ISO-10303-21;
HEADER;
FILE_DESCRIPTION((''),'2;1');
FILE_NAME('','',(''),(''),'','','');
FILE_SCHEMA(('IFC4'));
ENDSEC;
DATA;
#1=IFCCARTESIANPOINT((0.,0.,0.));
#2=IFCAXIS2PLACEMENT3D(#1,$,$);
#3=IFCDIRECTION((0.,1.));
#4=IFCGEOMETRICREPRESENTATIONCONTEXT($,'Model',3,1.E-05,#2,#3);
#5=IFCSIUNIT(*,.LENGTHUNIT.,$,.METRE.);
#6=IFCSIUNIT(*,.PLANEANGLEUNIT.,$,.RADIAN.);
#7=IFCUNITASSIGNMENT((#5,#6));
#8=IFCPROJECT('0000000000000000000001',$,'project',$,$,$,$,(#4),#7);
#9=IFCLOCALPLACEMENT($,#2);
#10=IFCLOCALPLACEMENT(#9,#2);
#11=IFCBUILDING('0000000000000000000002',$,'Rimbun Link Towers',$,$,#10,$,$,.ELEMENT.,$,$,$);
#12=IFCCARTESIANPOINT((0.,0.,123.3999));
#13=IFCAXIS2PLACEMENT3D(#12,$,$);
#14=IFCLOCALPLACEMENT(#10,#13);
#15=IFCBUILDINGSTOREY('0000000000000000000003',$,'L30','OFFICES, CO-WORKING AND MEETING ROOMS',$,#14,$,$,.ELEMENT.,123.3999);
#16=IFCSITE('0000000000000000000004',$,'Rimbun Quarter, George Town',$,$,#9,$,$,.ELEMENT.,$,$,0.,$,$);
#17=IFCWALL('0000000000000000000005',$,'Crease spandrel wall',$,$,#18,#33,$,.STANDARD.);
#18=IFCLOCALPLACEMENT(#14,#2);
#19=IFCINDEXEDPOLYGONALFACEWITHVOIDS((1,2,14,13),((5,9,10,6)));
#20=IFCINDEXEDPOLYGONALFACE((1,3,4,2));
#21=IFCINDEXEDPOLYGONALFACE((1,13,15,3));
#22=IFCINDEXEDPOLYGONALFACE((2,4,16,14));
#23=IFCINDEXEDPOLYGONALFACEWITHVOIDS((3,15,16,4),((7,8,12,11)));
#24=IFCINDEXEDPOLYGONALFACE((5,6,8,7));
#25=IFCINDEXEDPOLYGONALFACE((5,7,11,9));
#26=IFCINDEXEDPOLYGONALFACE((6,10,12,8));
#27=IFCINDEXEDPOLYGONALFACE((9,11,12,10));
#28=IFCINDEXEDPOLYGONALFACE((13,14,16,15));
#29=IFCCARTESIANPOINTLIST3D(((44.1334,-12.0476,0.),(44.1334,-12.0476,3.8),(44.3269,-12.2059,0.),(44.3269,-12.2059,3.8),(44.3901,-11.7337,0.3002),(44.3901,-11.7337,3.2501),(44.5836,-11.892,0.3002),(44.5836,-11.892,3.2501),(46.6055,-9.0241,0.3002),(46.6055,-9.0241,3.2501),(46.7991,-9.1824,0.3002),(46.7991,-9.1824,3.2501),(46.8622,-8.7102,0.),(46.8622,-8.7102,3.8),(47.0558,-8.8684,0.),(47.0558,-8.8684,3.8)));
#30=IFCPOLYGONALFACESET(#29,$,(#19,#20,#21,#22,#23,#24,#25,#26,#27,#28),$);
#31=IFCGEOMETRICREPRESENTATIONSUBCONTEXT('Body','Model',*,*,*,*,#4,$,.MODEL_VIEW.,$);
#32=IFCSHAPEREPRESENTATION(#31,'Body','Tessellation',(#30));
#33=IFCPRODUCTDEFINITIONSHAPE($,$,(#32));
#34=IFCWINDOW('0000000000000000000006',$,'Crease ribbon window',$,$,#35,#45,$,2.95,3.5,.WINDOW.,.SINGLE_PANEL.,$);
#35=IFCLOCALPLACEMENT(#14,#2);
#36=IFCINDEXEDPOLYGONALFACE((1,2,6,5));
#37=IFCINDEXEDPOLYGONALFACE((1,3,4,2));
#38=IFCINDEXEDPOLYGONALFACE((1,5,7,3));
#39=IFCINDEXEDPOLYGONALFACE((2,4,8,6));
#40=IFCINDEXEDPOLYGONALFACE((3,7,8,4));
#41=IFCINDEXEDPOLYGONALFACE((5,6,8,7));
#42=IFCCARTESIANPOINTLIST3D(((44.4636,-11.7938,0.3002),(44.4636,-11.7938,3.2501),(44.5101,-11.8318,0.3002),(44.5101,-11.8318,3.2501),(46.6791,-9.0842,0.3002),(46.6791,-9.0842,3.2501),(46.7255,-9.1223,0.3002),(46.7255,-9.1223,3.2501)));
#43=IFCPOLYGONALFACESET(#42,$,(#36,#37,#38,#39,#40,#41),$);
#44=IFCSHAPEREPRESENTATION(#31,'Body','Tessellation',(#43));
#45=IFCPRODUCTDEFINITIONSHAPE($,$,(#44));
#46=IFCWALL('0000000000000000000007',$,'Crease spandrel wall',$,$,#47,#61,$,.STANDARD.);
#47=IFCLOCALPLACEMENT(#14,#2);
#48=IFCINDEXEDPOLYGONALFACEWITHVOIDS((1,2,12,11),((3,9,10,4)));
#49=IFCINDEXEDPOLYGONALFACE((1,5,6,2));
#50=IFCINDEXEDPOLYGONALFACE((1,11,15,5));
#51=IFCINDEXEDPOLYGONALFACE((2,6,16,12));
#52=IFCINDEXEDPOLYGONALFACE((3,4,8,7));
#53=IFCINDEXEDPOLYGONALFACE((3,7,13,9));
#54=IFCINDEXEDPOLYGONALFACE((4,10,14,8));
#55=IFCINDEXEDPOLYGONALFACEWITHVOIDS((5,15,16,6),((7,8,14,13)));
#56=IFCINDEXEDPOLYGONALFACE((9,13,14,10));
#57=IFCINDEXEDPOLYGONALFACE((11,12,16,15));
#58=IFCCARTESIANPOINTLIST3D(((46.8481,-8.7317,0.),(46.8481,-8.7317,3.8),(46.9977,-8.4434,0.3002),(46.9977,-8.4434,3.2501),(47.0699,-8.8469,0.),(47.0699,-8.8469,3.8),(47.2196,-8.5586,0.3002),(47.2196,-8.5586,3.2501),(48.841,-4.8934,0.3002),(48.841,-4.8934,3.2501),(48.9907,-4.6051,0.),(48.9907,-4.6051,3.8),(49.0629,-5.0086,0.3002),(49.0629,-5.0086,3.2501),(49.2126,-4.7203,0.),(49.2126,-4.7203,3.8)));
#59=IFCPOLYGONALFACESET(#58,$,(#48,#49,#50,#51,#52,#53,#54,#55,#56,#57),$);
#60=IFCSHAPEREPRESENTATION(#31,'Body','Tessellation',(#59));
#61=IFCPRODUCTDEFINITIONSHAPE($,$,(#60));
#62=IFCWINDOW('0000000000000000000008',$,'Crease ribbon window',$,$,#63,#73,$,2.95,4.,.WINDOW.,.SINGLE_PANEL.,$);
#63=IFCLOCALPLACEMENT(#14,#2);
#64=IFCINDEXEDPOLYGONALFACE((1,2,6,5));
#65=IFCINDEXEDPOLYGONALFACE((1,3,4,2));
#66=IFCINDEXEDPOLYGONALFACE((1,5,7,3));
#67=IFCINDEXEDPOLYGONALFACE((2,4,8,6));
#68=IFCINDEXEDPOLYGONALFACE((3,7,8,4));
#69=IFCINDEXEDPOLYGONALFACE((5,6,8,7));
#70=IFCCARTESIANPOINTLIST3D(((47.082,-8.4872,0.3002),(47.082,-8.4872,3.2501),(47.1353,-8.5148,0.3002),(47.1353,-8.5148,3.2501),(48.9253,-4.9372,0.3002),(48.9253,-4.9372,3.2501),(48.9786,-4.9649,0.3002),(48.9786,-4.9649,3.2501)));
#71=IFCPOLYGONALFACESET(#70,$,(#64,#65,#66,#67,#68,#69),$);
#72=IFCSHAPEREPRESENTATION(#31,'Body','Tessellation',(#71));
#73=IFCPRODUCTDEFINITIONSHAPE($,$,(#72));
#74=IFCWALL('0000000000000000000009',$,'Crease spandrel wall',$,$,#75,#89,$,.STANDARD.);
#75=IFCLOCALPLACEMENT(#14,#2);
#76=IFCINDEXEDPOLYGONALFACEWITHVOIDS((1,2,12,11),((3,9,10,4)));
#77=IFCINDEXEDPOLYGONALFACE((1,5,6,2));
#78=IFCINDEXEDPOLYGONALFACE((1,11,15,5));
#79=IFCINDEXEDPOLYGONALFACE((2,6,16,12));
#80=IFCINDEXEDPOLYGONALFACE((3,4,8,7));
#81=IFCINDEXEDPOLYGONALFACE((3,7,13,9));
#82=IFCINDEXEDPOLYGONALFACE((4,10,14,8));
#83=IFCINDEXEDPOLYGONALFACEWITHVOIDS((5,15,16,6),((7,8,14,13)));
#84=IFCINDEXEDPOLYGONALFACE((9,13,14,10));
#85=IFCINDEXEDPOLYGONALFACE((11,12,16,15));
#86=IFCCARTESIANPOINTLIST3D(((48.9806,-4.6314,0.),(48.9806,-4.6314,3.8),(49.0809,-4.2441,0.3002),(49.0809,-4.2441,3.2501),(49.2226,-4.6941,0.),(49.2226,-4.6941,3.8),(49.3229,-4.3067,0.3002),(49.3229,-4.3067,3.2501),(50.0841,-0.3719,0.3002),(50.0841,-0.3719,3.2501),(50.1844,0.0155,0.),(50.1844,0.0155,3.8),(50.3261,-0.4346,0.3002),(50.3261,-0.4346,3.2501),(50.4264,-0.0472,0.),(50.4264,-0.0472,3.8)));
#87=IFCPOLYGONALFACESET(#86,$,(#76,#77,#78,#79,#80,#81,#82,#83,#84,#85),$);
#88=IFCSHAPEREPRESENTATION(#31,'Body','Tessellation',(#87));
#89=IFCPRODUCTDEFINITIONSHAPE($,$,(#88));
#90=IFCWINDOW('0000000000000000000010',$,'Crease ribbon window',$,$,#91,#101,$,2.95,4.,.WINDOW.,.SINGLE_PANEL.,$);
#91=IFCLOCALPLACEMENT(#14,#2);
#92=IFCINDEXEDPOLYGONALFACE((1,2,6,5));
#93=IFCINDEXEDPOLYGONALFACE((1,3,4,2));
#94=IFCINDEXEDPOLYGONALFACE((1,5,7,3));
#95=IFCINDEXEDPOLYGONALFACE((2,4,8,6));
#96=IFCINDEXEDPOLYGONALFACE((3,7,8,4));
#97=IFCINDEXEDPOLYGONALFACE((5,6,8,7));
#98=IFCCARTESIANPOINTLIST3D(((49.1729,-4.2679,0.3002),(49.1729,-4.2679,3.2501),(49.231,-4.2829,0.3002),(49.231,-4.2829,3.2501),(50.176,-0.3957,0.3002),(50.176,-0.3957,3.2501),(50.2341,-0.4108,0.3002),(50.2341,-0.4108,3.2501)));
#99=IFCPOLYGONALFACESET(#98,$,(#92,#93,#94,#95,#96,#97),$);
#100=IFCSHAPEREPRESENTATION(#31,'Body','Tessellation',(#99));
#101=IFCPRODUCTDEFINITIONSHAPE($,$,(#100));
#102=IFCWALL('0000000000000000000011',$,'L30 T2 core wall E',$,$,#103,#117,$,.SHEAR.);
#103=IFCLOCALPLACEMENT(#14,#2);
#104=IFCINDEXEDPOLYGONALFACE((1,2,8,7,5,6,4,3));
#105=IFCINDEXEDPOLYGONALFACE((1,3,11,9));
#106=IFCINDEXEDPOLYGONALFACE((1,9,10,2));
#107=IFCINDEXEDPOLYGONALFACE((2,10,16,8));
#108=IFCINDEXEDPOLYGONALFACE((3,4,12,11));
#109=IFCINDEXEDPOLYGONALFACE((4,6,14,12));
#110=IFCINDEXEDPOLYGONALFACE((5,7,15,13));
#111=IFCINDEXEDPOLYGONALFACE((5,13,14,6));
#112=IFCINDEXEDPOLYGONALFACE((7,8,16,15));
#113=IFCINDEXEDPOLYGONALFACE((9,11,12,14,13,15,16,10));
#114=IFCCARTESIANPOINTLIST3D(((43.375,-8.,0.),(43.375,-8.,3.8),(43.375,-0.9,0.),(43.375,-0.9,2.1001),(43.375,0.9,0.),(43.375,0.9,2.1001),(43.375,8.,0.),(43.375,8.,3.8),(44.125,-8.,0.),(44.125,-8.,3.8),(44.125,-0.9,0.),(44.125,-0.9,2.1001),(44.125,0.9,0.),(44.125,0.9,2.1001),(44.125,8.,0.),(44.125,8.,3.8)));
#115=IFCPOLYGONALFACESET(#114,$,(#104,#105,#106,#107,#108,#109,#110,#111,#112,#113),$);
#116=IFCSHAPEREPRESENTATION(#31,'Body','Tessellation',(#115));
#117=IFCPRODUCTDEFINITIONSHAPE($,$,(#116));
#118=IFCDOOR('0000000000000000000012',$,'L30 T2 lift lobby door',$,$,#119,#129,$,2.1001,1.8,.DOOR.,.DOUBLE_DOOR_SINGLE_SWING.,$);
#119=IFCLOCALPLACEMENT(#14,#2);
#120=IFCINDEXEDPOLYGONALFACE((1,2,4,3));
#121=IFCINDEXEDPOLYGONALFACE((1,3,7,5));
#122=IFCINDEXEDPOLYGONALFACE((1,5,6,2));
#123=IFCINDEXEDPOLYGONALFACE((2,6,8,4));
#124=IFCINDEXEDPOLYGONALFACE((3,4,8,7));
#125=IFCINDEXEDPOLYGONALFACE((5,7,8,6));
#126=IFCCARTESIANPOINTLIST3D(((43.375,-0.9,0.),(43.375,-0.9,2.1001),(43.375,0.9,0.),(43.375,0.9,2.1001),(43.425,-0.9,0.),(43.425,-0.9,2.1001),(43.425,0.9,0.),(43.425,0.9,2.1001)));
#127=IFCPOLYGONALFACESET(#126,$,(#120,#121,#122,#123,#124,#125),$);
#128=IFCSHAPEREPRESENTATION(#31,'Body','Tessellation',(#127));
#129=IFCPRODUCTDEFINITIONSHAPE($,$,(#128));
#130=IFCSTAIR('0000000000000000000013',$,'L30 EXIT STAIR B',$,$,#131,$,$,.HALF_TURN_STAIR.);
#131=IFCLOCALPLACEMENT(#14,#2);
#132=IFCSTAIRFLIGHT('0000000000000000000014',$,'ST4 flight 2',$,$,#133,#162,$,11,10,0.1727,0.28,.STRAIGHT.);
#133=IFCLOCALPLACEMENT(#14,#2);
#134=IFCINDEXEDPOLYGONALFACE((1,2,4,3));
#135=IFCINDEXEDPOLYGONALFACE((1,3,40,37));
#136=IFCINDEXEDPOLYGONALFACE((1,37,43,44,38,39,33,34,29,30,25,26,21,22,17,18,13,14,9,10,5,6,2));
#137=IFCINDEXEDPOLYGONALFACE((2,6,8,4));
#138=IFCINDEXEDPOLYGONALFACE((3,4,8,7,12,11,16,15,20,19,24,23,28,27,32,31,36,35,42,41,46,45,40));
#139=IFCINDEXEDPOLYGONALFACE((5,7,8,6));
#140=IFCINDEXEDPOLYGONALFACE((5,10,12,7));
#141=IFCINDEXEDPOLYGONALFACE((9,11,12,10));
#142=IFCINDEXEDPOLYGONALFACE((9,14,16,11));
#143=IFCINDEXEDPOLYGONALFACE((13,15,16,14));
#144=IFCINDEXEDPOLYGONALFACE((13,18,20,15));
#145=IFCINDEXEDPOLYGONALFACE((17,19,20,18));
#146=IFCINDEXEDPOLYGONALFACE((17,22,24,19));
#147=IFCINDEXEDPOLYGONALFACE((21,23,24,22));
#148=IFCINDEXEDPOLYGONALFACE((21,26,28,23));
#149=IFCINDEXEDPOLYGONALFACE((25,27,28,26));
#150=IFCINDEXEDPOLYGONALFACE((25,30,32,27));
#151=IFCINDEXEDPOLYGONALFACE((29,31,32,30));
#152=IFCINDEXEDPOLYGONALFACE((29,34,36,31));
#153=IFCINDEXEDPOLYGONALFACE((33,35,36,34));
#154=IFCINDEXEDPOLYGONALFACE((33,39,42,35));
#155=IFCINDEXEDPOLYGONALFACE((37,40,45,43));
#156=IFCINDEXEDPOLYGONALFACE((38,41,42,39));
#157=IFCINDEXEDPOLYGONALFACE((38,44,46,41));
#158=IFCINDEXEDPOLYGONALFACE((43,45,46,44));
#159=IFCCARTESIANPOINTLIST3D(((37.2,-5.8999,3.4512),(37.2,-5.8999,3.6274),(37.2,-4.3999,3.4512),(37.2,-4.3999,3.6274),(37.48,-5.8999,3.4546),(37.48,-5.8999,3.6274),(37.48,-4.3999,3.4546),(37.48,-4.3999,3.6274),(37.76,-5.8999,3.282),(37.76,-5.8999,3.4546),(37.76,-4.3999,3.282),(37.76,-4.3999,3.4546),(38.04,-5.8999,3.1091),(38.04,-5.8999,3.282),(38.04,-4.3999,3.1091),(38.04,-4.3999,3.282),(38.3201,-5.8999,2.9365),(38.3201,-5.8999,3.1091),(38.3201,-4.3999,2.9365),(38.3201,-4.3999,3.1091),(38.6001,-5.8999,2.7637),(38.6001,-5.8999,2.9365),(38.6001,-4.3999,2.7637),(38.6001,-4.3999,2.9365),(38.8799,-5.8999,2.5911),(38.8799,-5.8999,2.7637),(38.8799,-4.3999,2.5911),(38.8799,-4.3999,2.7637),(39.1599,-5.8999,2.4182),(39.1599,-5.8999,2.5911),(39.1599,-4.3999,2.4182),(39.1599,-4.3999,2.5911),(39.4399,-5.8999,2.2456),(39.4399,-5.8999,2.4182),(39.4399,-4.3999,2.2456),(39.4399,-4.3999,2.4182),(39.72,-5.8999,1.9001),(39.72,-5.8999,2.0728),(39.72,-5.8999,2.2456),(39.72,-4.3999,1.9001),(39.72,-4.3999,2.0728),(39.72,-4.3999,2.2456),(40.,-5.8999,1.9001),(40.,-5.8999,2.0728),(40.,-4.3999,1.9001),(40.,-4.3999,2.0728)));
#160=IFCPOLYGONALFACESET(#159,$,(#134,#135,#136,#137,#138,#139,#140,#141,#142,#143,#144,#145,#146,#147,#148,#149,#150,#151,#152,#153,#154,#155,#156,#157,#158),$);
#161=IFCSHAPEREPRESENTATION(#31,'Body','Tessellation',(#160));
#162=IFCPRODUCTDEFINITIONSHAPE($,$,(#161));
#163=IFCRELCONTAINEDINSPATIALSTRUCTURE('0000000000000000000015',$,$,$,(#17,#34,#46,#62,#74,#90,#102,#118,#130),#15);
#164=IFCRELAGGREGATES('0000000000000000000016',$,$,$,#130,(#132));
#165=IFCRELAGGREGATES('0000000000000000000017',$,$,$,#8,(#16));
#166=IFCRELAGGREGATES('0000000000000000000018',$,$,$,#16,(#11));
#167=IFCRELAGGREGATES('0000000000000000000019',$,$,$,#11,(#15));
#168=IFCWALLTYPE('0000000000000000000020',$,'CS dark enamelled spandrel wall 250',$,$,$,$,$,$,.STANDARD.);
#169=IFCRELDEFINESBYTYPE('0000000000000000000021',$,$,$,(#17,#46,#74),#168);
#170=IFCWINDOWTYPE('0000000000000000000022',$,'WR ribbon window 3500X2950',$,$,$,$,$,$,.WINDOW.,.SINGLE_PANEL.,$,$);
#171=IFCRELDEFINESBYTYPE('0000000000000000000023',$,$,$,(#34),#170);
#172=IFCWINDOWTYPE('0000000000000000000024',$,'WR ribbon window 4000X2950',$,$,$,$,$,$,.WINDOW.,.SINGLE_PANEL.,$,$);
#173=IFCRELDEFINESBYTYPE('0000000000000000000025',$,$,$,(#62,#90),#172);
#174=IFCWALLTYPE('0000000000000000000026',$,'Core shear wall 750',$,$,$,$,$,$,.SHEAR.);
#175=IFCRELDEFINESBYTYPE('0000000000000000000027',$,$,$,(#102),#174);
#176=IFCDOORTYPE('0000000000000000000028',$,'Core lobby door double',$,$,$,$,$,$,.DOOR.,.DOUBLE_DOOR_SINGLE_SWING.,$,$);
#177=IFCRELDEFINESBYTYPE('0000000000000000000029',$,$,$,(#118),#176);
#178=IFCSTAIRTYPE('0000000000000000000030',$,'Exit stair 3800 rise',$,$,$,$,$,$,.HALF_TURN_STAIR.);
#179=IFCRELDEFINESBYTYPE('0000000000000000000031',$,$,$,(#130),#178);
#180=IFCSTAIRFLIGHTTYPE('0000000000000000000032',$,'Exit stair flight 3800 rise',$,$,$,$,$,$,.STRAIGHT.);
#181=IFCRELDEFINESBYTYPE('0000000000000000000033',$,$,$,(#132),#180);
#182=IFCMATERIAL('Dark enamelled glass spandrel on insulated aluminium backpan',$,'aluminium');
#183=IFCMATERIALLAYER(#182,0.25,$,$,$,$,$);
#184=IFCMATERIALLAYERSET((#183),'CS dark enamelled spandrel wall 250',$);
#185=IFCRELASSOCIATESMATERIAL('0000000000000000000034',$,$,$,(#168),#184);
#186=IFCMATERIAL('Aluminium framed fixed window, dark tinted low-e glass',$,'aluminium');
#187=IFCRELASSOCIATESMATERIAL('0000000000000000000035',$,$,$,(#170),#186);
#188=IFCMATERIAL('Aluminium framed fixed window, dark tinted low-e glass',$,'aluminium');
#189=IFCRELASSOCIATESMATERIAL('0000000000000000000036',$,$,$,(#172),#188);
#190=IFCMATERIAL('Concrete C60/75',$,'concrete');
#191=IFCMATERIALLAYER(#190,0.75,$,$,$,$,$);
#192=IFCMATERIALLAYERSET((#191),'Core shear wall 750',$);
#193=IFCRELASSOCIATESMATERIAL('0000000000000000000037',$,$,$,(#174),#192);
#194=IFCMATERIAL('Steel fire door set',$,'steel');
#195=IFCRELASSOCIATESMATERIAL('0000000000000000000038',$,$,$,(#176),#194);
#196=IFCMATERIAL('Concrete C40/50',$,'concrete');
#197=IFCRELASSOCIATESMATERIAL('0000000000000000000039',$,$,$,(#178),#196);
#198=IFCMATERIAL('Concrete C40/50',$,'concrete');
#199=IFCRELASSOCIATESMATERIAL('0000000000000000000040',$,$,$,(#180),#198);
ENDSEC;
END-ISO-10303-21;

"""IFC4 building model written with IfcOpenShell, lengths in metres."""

from ifc_helpers import new_model, si_unit, direction, frame, frame_2d, origin, place, context, subcontext, project, spatial, polyline, rectangle, outline, extrude, material, layer, layer_set, type_object, element, fill, aggregate, save


model = new_model("IFC4")

# Units and contexts
model_context = context("Model", 3, precision=1e-05, world=origin(), true_north=direction((0.0, 1.0)))
body_context = subcontext(model_context, "Body", "Model", "MODEL_VIEW")
ifc_project = project(units=[si_unit("LENGTHUNIT", "METRE"), si_unit("PLANEANGLEUNIT", "RADIAN")], contexts=[model_context])

# Site, building, storey
site_placement = place(None, origin())
site = spatial("IfcSite", under=ifc_project, at=site_placement, Name="Rimbun Quarter, George Town", CompositionType="ELEMENT", RefElevation=0.0)
building_placement = place(site_placement, origin())
building = spatial("IfcBuilding", under=site, at=building_placement, Name="Rimbun Link Towers", CompositionType="ELEMENT")
storey_placement = place(building_placement, frame((0.0, 0.0, 123.3999)))
storey = spatial("IfcBuildingStorey", under=building, at=storey_placement, Name="L30", Description="OFFICES, CO-WORKING AND MEETING ROOMS", CompositionType="ELEMENT", Elevation=123.3999)

# Walls, openings, windows
ifc_material_1 = material(Name="Dark enamelled glass spandrel on insulated aluminium backpan", Category="aluminium")
ifc_layer_1 = layer(ifc_material_1, 0.25)
ifc_layer_set_1 = layer_set([ifc_layer_1], Name="CS dark enamelled spandrel wall 250")
wall_type_1 = type_object("IfcWallType", Name="CS dark enamelled spandrel wall 250", PredefinedType="STANDARD", material=ifc_layer_set_1)
wall_1_placement = place(storey_placement, frame((46.959, -8.7893, 0.0), z_axis=(0.0, 0.0, 1.0), x_axis=(-0.632982, -0.774167, 0.0)))
wall_1 = element("IfcWall", 1, at=wall_1_placement, inside=storey, type_object=wall_type_1, Name="Crease spandrel wall", PredefinedType="STANDARD", context=body_context, shape_type="SweptSolid", body=[
    extrude(rectangle(XDim=4.311, YDim=0.25, at=frame_2d((2.1555, 0.0))), origin(), (0.0, 0.0, 1.0), 3.8),
])
opening_1_placement = place(wall_1_placement, frame((0.4055, 0.0, 0.3)))
opening_1 = element("IfcOpeningElement", 2, at=opening_1_placement, cuts=wall_1, PredefinedType="OPENING", context=body_context, shape_type="SweptSolid", body=[
    extrude(rectangle(XDim=3.5, YDim=2.95, at=frame_2d((1.75, 1.4751))), frame((0.0, 0.135, 0.0), z_axis=(0.0, -1.0, 0.0), x_axis=(1.0, 0.0, 0.0)), (0.0, 0.0, 1.0), 0.27),
])
ifc_material_2 = material(Name="Aluminium framed fixed window, dark tinted low-e glass", Category="aluminium")
window_type_1 = type_object("IfcWindowType", Name="WR ribbon window 3500X2950", PartitioningType="SINGLE_PANEL", PredefinedType="WINDOW", material=ifc_material_2)
window_1_placement = place(opening_1_placement, origin())
window_1 = element("IfcWindow", 3, at=window_1_placement, inside=storey, type_object=window_type_1, Name="Crease ribbon window", OverallHeight=2.95, OverallWidth=3.5, PartitioningType="SINGLE_PANEL", PredefinedType="WINDOW", context=body_context, shape_type="SweptSolid", body=[
    extrude(rectangle(XDim=3.5, YDim=2.95, at=frame_2d((1.75, 1.4751))), frame((0.0, 0.03, 0.0), z_axis=(0.0, -1.0, 0.0), x_axis=(1.0, 0.0, 0.0)), (0.0, 0.0, 1.0), 0.0601),
])
fill(opening_1, window_1)
wall_2_placement = place(storey_placement, frame((49.1016, -4.6628, 0.0), z_axis=(0.0, 0.0, 1.0), x_axis=(-0.460814, -0.887497, 0.0)))
wall_2 = element("IfcWall", 4, at=wall_2_placement, inside=storey, type_object=wall_type_1, Name="Crease spandrel wall", PredefinedType="STANDARD", context=body_context, shape_type="SweptSolid", body=[
    extrude(rectangle(XDim=4.6497, YDim=0.25, at=frame_2d((2.3247, 0.0))), origin(), (0.0, 0.0, 1.0), 3.8),
])
opening_2_placement = place(wall_2_placement, frame((0.3247, 0.0, 0.3)))
opening_2 = element("IfcOpeningElement", 5, at=opening_2_placement, cuts=wall_2, PredefinedType="OPENING", context=body_context, shape_type="SweptSolid", body=[
    extrude(rectangle(XDim=4.0, YDim=2.95, at=frame_2d((2.0, 1.4751))), frame((0.0, 0.135, 0.0), z_axis=(0.0, -1.0, 0.0), x_axis=(1.0, 0.0, 0.0)), (0.0, 0.0, 1.0), 0.27),
])
ifc_material_3 = material(Name="Aluminium framed fixed window, dark tinted low-e glass", Category="aluminium")
window_type_2 = type_object("IfcWindowType", Name="WR ribbon window 4000X2950", PartitioningType="SINGLE_PANEL", PredefinedType="WINDOW", material=ifc_material_3)
window_2_placement = place(opening_2_placement, origin())
window_2 = element("IfcWindow", 6, at=window_2_placement, inside=storey, type_object=window_type_2, Name="Crease ribbon window", OverallHeight=2.95, OverallWidth=4.0, PartitioningType="SINGLE_PANEL", PredefinedType="WINDOW", context=body_context, shape_type="SweptSolid", body=[
    extrude(rectangle(XDim=4.0, YDim=2.95, at=frame_2d((2.0, 1.4751))), frame((0.0, 0.03, 0.0), z_axis=(0.0, -1.0, 0.0), x_axis=(1.0, 0.0, 0.0)), (0.0, 0.0, 1.0), 0.0601),
])
fill(opening_2, window_2)
wall_3_placement = place(storey_placement, frame((50.3054, -0.0159, 0.0), z_axis=(0.0, 0.0, 1.0), x_axis=(-0.250784, -0.968043, 0.0)))
wall_3 = element("IfcWall", 7, at=wall_3_placement, inside=storey, type_object=wall_type_1, Name="Crease spandrel wall", PredefinedType="STANDARD", context=body_context, shape_type="SweptSolid", body=[
    extrude(rectangle(XDim=4.8003, YDim=0.25, at=frame_2d((2.4001, 0.0))), origin(), (0.0, 0.0, 1.0), 3.8),
])
opening_3_placement = place(wall_3_placement, frame((0.4001, 0.0, 0.3)))
opening_3 = element("IfcOpeningElement", 8, at=opening_3_placement, cuts=wall_3, PredefinedType="OPENING", context=body_context, shape_type="SweptSolid", body=[
    extrude(rectangle(XDim=4.0, YDim=2.95, at=frame_2d((2.0, 1.4751))), frame((0.0, 0.135, 0.0), z_axis=(0.0, -1.0, 0.0), x_axis=(1.0, 0.0, 0.0)), (0.0, 0.0, 1.0), 0.27),
])
window_3_placement = place(opening_3_placement, origin())
window_3 = element("IfcWindow", 9, at=window_3_placement, inside=storey, type_object=window_type_2, Name="Crease ribbon window", OverallHeight=2.95, OverallWidth=4.0, PartitioningType="SINGLE_PANEL", PredefinedType="WINDOW", context=body_context, shape_type="SweptSolid", body=[
    extrude(rectangle(XDim=4.0, YDim=2.95, at=frame_2d((2.0, 1.4751))), frame((0.0, 0.03, 0.0), z_axis=(0.0, -1.0, 0.0), x_axis=(1.0, 0.0, 0.0)), (0.0, 0.0, 1.0), 0.0601),
])
fill(opening_3, window_3)

# Wall, opening, door
ifc_material_4 = material(Name="Concrete C60/75", Category="concrete")
ifc_layer_2 = layer(ifc_material_4, 0.75)
ifc_layer_set_2 = layer_set([ifc_layer_2], Name="Core shear wall 750")
wall_type_2 = type_object("IfcWallType", Name="Core shear wall 750", PredefinedType="SHEAR", material=ifc_layer_set_2)
wall_4_placement = place(storey_placement, frame((43.75, -8.0, 0.0), z_axis=(0.0, 0.0, 1.0), x_axis=(0.0, 1.0, 0.0)))
wall_4 = element("IfcWall", 10, at=wall_4_placement, inside=storey, type_object=wall_type_2, Name="L30 T2 core wall E", PredefinedType="SHEAR", context=body_context, shape_type="SweptSolid", body=[
    extrude(rectangle(XDim=16.0, YDim=0.75, at=frame_2d((8.0, 0.0))), origin(), (0.0, 0.0, 1.0), 3.8),
])
opening_4_placement = place(wall_4_placement, frame((7.1001, 0.0, 0.0)))
opening_4 = element("IfcOpeningElement", 11, at=opening_4_placement, cuts=wall_4, PredefinedType="OPENING", context=body_context, shape_type="SweptSolid", body=[
    extrude(rectangle(XDim=1.8, YDim=2.1001, at=frame_2d((0.8999, 1.05))), frame((0.0, 0.385, 0.0), z_axis=(0.0, -1.0, 0.0), x_axis=(1.0, 0.0, 0.0)), (0.0, 0.0, 1.0), 0.77),
])
ifc_material_5 = material(Name="Steel fire door set", Category="steel")
door_type = type_object("IfcDoorType", Name="Core lobby door double", OperationType="DOUBLE_DOOR_SINGLE_SWING", PredefinedType="DOOR", material=ifc_material_5)
door_placement = place(opening_4_placement, origin())
door = element("IfcDoor", 12, at=door_placement, inside=storey, type_object=door_type, Name="L30 T2 lift lobby door", OperationType="DOUBLE_DOOR_SINGLE_SWING", OverallHeight=2.1001, OverallWidth=1.8, PredefinedType="DOOR", context=body_context, shape_type="SweptSolid", body=[
    extrude(rectangle(XDim=1.8, YDim=2.1001, at=frame_2d((0.8999, 1.05))), frame((0.0, 0.375, 0.0), z_axis=(0.0, -1.0, 0.0), x_axis=(1.0, 0.0, 0.0)), (0.0, 0.0, 1.0), 0.05),
])
fill(opening_4, door)

# Stair, stair flight
ifc_material_6 = material(Name="Concrete C40/50", Category="concrete")
stair_type = type_object("IfcStairType", Name="Exit stair 3800 rise", PredefinedType="HALF_TURN_STAIR", material=ifc_material_6)
stair_placement = place(storey_placement, origin())
stair = element("IfcStair", 13, at=stair_placement, inside=storey, type_object=stair_type, Name="L30 EXIT STAIR B", PredefinedType="HALF_TURN_STAIR")
ifc_material_7 = material(Name="Concrete C40/50", Category="concrete")
stair_flight_type = type_object("IfcStairFlightType", Name="Exit stair flight 3800 rise", PredefinedType="STRAIGHT", material=ifc_material_7)
stair_flight_placement = place(storey_placement, frame((40.0, -5.1499, 1.9001), z_axis=(0.0, 0.0, 1.0), x_axis=(-1.0, 0.0, 0.0)))
stair_flight = element("IfcStairFlight", 14, at=stair_flight_placement, type_object=stair_flight_type, Name="ST4 flight 2", NumberOfRisers=11, NumberOfTreads=10, PredefinedType="STRAIGHT", RiserHeight=0.1727, TreadLength=0.28, context=body_context, shape_type="SweptSolid", body=[
    extrude(outline(polyline([(0.0, 0.0), (0.0, 0.1726), (0.28, 0.1726), (0.28, 0.3455), (0.5601, 0.3455), (0.5601, 0.5181), (0.8401, 0.5181), (0.8401, 0.6909), (1.1201, 0.6909), (1.1201, 0.8635), (1.3999, 0.8635), (1.3999, 1.0364), (1.6799, 1.0364), (1.6799, 1.209), (1.96, 1.209), (1.96, 1.3818), (2.24, 1.3818), (2.24, 1.5544), (2.52, 1.5544), (2.52, 1.7273), (2.8, 1.7273), (2.8, 1.8999), (2.8, 1.551), (0.28, 0.0), (0.0, 0.0)])), frame((0.0, 0.75, 0.0), z_axis=(0.0, -1.0, 0.0), x_axis=(1.0, 0.0, 0.0)), (0.0, 0.0, 1.0), 1.5),
])
aggregate(stair, [stair_flight])

save(model, "model.ifc")
